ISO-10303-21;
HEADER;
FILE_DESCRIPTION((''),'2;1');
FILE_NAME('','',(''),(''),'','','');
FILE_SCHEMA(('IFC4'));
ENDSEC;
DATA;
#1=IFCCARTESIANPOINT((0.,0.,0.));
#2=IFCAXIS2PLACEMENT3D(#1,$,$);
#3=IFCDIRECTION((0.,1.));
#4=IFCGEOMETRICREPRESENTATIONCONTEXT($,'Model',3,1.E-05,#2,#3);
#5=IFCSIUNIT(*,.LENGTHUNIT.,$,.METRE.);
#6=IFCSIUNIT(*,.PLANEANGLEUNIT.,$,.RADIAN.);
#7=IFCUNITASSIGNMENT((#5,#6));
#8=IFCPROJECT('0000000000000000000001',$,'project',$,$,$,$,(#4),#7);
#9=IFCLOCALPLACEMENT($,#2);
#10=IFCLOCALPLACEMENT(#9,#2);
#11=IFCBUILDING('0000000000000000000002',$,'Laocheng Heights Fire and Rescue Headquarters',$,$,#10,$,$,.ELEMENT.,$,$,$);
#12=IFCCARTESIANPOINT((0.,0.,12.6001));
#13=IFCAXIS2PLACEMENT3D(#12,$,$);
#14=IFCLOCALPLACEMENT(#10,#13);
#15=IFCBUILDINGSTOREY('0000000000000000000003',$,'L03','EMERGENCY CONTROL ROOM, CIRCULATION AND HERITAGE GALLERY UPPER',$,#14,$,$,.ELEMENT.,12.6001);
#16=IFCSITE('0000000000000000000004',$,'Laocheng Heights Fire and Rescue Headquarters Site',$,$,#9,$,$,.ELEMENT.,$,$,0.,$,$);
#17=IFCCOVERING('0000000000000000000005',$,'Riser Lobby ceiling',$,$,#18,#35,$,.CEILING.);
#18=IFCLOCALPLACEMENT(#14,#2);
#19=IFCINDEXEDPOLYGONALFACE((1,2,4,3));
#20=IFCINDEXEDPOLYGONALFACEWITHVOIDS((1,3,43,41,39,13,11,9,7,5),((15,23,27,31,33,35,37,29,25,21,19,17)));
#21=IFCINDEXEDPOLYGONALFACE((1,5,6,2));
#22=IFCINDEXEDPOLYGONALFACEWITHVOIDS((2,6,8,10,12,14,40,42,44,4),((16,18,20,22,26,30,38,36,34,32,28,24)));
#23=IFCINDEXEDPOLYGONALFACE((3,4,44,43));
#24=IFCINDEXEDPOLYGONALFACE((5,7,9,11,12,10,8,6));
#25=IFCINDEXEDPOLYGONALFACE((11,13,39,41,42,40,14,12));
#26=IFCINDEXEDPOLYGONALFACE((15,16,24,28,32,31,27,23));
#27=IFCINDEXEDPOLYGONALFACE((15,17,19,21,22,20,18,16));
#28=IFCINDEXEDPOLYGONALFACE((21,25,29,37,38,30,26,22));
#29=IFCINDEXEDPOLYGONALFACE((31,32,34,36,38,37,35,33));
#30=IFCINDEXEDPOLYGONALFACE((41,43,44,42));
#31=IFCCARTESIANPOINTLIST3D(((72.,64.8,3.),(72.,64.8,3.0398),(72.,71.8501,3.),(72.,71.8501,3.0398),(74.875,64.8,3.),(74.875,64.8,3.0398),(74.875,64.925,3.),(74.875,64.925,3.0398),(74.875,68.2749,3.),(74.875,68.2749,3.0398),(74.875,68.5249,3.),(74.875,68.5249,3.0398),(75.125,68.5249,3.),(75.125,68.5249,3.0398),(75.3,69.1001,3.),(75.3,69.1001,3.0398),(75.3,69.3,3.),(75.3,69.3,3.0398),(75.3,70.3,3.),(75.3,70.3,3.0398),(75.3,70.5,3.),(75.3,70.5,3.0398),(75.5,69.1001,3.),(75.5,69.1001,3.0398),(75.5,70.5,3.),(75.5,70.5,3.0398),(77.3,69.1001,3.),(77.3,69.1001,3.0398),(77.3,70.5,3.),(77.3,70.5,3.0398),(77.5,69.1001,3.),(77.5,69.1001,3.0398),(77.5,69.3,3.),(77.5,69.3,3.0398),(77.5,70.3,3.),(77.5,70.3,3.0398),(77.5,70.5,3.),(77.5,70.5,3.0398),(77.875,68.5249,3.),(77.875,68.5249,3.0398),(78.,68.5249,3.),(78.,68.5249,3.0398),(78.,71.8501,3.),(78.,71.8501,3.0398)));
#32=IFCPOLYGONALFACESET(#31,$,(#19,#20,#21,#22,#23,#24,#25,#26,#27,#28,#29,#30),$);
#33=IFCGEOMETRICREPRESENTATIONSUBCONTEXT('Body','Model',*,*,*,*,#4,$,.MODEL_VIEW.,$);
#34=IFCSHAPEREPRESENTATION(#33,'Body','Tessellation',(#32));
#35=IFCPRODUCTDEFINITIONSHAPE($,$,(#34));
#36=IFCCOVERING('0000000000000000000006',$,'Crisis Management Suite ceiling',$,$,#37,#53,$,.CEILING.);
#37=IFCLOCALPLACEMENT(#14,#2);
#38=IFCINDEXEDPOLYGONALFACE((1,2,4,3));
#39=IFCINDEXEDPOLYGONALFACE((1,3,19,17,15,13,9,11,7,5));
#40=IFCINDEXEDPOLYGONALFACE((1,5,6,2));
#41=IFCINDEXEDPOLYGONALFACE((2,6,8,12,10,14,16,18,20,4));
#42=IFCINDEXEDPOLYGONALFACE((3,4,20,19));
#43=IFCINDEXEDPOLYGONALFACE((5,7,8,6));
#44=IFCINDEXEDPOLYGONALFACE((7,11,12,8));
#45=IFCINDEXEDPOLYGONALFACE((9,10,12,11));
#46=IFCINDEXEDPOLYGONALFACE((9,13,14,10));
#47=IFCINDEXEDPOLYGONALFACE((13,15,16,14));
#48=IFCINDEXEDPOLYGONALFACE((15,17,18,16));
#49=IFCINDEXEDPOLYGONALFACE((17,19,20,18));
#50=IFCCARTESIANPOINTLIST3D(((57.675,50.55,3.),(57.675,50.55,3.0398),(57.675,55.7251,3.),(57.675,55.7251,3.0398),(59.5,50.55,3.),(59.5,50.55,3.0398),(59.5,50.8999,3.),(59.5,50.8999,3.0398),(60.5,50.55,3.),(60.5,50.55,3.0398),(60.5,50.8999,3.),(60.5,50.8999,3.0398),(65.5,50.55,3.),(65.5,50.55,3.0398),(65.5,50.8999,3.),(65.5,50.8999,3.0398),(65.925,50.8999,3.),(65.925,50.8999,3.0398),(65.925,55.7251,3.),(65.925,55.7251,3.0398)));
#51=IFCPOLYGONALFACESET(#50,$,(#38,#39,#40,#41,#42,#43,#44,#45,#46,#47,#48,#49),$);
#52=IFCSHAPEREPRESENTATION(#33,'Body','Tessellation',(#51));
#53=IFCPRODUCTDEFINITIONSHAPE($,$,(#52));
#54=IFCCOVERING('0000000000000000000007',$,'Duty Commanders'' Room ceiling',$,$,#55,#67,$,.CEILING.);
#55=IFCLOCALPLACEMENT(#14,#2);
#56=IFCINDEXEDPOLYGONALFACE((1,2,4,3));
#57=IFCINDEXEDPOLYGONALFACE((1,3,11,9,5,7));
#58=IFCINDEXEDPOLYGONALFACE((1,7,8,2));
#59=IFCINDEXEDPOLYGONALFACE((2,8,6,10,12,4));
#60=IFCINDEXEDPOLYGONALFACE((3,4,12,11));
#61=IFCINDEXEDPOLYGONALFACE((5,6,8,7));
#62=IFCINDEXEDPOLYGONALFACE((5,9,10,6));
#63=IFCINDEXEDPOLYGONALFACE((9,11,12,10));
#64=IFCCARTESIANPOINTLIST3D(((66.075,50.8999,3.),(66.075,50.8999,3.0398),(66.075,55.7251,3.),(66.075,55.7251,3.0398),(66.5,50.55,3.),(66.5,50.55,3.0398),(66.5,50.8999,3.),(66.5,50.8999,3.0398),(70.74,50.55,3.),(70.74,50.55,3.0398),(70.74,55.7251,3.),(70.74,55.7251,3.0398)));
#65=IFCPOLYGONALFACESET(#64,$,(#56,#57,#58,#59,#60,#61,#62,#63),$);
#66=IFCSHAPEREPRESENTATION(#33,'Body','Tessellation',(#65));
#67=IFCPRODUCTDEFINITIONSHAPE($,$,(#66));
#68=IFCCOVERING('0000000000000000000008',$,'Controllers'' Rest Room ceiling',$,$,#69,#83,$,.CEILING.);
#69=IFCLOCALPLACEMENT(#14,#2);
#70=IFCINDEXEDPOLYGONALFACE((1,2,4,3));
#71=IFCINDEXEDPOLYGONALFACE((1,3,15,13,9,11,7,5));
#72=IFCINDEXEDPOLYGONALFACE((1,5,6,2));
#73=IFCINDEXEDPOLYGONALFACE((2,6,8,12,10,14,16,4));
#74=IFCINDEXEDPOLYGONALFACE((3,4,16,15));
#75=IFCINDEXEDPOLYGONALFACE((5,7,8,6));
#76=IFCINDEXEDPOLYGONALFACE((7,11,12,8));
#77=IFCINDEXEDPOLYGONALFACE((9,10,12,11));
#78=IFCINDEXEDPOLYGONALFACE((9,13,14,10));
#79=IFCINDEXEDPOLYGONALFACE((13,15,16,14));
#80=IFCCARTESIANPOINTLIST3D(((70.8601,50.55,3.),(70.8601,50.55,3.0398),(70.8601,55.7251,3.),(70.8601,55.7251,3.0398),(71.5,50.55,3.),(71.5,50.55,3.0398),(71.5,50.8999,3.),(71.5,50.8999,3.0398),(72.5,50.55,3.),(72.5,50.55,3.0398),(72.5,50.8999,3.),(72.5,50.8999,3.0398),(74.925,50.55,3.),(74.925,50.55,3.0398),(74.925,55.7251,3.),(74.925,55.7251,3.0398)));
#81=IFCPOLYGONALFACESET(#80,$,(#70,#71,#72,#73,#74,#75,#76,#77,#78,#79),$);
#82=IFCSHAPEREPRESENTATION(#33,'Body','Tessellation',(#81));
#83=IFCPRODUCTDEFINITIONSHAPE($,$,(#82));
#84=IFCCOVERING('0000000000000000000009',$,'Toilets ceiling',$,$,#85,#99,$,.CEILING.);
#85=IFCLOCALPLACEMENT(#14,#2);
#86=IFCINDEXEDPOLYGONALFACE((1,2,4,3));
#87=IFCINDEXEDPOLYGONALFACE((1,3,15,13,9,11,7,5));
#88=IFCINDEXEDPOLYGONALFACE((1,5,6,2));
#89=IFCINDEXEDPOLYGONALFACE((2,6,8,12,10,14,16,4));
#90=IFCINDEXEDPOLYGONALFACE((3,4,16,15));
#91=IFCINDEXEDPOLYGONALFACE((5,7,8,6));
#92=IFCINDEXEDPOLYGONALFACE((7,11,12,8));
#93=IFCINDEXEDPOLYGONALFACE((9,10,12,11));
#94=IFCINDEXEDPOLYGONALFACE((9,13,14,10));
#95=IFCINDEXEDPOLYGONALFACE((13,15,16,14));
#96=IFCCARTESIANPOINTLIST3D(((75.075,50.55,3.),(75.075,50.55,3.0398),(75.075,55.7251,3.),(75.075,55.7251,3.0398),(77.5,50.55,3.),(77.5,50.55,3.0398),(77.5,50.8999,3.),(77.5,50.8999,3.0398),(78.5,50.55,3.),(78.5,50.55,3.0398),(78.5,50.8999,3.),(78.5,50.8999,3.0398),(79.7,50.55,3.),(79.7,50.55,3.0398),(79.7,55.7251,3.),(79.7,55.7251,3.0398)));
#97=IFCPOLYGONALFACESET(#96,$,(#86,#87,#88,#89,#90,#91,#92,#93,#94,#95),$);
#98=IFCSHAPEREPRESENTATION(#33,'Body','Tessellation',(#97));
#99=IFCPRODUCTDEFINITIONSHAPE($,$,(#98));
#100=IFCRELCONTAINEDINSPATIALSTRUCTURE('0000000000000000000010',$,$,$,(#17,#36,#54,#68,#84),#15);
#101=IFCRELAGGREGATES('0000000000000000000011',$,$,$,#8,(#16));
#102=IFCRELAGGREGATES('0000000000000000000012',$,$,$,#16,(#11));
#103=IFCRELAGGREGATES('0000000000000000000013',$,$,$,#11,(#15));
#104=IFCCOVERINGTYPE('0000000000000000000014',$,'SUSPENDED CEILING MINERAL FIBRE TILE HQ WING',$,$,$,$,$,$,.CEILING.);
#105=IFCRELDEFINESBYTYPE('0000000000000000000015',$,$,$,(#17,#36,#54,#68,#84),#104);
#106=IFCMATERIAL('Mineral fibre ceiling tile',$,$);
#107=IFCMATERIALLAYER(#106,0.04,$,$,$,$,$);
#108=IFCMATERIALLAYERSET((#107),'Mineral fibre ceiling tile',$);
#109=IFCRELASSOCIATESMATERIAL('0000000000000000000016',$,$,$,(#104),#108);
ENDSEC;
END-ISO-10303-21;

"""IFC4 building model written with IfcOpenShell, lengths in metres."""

from ifc_helpers import new_model, si_unit, direction, frame, origin, place, context, subcontext, project, spatial, polyline, outline, extrude, material, layer, layer_set, type_object, element, save


model = new_model("IFC4")

# Units and contexts
model_context = context("Model", 3, precision=1e-05, world=origin(), true_north=direction((0.0, 1.0)))
body_context = subcontext(model_context, "Body", "Model", "MODEL_VIEW")
ifc_project = project(units=[si_unit("LENGTHUNIT", "METRE"), si_unit("PLANEANGLEUNIT", "RADIAN")], contexts=[model_context])

# Site, building, storey
site_placement = place(None, origin())
site = spatial("IfcSite", under=ifc_project, at=site_placement, Name="Laocheng Heights Fire and Rescue Headquarters Site", CompositionType="ELEMENT", RefElevation=0.0)
building_placement = place(site_placement, origin())
building = spatial("IfcBuilding", under=site, at=building_placement, Name="Laocheng Heights Fire and Rescue Headquarters", CompositionType="ELEMENT")
storey_placement = place(building_placement, frame((0.0, 0.0, 12.6001)))
storey = spatial("IfcBuildingStorey", under=building, at=storey_placement, Name="L03", Description="EMERGENCY CONTROL ROOM, CIRCULATION AND HERITAGE GALLERY UPPER", CompositionType="ELEMENT", Elevation=12.6001)

# Coverings
ifc_material_1 = material(Name="Mineral fibre ceiling tile")
ifc_layer_1 = layer(ifc_material_1, 0.04)
ifc_layer_set_1 = layer_set([ifc_layer_1], Name="Mineral fibre ceiling tile")
covering_type_1 = type_object("IfcCoveringType", Name="SUSPENDED CEILING MINERAL FIBRE TILE HQ WING", PredefinedType="CEILING", material=ifc_layer_set_1)
covering_1_placement = place(storey_placement, frame((0.0, 0.0, 3.0)))
element("IfcCovering", 1, at=covering_1_placement, inside=storey, type_object=covering_type_1, Name="Riser Lobby ceiling", PredefinedType="CEILING", context=body_context, shape_type="SweptSolid", body=[
    extrude(outline(polyline([(72.0, 71.8501), (78.0, 71.8501), (78.0, 68.5249), (77.875, 68.5249), (75.125, 68.5249), (74.875, 68.5249), (74.875, 68.2749), (74.875, 64.925), (74.875, 64.8), (72.0, 64.8), (72.0, 71.8501)]), holes=[polyline([(75.3, 69.1001), (75.5, 69.1001), (77.3, 69.1001), (77.5, 69.1001), (77.5, 69.3), (77.5, 70.3), (77.5, 70.5), (77.3, 70.5), (75.5, 70.5), (75.3, 70.5), (75.3, 70.3), (75.3, 69.3), (75.3, 69.1001)])]), origin(), (0.0, 0.0, 1.0), 0.0398),
])
covering_2_placement = place(storey_placement, frame((0.0, 0.0, 3.0)))
element("IfcCovering", 2, at=covering_2_placement, inside=storey, type_object=covering_type_1, Name="Crisis Management Suite ceiling", PredefinedType="CEILING", context=body_context, shape_type="SweptSolid", body=[
    extrude(outline(polyline([(65.925, 55.7251), (65.925, 50.8999), (65.5, 50.8999), (65.5, 50.55), (60.5, 50.55), (60.5, 50.8999), (59.5, 50.8999), (59.5, 50.55), (57.675, 50.55), (57.675, 55.7251), (65.925, 55.7251)])), origin(), (0.0, 0.0, 1.0), 0.0398),
])
covering_3_placement = place(storey_placement, frame((0.0, 0.0, 3.0)))
element("IfcCovering", 3, at=covering_3_placement, inside=storey, type_object=covering_type_1, Name="Duty Commanders' Room ceiling", PredefinedType="CEILING", context=body_context, shape_type="SweptSolid", body=[
    extrude(outline(polyline([(70.74, 55.7251), (70.74, 50.55), (66.5, 50.55), (66.5, 50.8999), (66.075, 50.8999), (66.075, 55.7251), (70.74, 55.7251)])), origin(), (0.0, 0.0, 1.0), 0.0398),
])
covering_4_placement = place(storey_placement, frame((0.0, 0.0, 3.0)))
element("IfcCovering", 4, at=covering_4_placement, inside=storey, type_object=covering_type_1, Name="Controllers' Rest Room ceiling", PredefinedType="CEILING", context=body_context, shape_type="SweptSolid", body=[
    extrude(outline(polyline([(74.925, 55.7251), (74.925, 50.55), (72.5, 50.55), (72.5, 50.8999), (71.5, 50.8999), (71.5, 50.55), (70.8601, 50.55), (70.8601, 55.7251), (74.925, 55.7251)])), origin(), (0.0, 0.0, 1.0), 0.0398),
])
covering_5_placement = place(storey_placement, frame((0.0, 0.0, 3.0)))
element("IfcCovering", 5, at=covering_5_placement, inside=storey, type_object=covering_type_1, Name="Toilets ceiling", PredefinedType="CEILING", context=body_context, shape_type="SweptSolid", body=[
    extrude(outline(polyline([(75.075, 55.7251), (79.7, 55.7251), (79.7, 50.55), (78.5, 50.55), (78.5, 50.8999), (77.5, 50.8999), (77.5, 50.55), (75.075, 50.55), (75.075, 55.7251)])), origin(), (0.0, 0.0, 1.0), 0.0398),
])

save(model, "model.ifc")
